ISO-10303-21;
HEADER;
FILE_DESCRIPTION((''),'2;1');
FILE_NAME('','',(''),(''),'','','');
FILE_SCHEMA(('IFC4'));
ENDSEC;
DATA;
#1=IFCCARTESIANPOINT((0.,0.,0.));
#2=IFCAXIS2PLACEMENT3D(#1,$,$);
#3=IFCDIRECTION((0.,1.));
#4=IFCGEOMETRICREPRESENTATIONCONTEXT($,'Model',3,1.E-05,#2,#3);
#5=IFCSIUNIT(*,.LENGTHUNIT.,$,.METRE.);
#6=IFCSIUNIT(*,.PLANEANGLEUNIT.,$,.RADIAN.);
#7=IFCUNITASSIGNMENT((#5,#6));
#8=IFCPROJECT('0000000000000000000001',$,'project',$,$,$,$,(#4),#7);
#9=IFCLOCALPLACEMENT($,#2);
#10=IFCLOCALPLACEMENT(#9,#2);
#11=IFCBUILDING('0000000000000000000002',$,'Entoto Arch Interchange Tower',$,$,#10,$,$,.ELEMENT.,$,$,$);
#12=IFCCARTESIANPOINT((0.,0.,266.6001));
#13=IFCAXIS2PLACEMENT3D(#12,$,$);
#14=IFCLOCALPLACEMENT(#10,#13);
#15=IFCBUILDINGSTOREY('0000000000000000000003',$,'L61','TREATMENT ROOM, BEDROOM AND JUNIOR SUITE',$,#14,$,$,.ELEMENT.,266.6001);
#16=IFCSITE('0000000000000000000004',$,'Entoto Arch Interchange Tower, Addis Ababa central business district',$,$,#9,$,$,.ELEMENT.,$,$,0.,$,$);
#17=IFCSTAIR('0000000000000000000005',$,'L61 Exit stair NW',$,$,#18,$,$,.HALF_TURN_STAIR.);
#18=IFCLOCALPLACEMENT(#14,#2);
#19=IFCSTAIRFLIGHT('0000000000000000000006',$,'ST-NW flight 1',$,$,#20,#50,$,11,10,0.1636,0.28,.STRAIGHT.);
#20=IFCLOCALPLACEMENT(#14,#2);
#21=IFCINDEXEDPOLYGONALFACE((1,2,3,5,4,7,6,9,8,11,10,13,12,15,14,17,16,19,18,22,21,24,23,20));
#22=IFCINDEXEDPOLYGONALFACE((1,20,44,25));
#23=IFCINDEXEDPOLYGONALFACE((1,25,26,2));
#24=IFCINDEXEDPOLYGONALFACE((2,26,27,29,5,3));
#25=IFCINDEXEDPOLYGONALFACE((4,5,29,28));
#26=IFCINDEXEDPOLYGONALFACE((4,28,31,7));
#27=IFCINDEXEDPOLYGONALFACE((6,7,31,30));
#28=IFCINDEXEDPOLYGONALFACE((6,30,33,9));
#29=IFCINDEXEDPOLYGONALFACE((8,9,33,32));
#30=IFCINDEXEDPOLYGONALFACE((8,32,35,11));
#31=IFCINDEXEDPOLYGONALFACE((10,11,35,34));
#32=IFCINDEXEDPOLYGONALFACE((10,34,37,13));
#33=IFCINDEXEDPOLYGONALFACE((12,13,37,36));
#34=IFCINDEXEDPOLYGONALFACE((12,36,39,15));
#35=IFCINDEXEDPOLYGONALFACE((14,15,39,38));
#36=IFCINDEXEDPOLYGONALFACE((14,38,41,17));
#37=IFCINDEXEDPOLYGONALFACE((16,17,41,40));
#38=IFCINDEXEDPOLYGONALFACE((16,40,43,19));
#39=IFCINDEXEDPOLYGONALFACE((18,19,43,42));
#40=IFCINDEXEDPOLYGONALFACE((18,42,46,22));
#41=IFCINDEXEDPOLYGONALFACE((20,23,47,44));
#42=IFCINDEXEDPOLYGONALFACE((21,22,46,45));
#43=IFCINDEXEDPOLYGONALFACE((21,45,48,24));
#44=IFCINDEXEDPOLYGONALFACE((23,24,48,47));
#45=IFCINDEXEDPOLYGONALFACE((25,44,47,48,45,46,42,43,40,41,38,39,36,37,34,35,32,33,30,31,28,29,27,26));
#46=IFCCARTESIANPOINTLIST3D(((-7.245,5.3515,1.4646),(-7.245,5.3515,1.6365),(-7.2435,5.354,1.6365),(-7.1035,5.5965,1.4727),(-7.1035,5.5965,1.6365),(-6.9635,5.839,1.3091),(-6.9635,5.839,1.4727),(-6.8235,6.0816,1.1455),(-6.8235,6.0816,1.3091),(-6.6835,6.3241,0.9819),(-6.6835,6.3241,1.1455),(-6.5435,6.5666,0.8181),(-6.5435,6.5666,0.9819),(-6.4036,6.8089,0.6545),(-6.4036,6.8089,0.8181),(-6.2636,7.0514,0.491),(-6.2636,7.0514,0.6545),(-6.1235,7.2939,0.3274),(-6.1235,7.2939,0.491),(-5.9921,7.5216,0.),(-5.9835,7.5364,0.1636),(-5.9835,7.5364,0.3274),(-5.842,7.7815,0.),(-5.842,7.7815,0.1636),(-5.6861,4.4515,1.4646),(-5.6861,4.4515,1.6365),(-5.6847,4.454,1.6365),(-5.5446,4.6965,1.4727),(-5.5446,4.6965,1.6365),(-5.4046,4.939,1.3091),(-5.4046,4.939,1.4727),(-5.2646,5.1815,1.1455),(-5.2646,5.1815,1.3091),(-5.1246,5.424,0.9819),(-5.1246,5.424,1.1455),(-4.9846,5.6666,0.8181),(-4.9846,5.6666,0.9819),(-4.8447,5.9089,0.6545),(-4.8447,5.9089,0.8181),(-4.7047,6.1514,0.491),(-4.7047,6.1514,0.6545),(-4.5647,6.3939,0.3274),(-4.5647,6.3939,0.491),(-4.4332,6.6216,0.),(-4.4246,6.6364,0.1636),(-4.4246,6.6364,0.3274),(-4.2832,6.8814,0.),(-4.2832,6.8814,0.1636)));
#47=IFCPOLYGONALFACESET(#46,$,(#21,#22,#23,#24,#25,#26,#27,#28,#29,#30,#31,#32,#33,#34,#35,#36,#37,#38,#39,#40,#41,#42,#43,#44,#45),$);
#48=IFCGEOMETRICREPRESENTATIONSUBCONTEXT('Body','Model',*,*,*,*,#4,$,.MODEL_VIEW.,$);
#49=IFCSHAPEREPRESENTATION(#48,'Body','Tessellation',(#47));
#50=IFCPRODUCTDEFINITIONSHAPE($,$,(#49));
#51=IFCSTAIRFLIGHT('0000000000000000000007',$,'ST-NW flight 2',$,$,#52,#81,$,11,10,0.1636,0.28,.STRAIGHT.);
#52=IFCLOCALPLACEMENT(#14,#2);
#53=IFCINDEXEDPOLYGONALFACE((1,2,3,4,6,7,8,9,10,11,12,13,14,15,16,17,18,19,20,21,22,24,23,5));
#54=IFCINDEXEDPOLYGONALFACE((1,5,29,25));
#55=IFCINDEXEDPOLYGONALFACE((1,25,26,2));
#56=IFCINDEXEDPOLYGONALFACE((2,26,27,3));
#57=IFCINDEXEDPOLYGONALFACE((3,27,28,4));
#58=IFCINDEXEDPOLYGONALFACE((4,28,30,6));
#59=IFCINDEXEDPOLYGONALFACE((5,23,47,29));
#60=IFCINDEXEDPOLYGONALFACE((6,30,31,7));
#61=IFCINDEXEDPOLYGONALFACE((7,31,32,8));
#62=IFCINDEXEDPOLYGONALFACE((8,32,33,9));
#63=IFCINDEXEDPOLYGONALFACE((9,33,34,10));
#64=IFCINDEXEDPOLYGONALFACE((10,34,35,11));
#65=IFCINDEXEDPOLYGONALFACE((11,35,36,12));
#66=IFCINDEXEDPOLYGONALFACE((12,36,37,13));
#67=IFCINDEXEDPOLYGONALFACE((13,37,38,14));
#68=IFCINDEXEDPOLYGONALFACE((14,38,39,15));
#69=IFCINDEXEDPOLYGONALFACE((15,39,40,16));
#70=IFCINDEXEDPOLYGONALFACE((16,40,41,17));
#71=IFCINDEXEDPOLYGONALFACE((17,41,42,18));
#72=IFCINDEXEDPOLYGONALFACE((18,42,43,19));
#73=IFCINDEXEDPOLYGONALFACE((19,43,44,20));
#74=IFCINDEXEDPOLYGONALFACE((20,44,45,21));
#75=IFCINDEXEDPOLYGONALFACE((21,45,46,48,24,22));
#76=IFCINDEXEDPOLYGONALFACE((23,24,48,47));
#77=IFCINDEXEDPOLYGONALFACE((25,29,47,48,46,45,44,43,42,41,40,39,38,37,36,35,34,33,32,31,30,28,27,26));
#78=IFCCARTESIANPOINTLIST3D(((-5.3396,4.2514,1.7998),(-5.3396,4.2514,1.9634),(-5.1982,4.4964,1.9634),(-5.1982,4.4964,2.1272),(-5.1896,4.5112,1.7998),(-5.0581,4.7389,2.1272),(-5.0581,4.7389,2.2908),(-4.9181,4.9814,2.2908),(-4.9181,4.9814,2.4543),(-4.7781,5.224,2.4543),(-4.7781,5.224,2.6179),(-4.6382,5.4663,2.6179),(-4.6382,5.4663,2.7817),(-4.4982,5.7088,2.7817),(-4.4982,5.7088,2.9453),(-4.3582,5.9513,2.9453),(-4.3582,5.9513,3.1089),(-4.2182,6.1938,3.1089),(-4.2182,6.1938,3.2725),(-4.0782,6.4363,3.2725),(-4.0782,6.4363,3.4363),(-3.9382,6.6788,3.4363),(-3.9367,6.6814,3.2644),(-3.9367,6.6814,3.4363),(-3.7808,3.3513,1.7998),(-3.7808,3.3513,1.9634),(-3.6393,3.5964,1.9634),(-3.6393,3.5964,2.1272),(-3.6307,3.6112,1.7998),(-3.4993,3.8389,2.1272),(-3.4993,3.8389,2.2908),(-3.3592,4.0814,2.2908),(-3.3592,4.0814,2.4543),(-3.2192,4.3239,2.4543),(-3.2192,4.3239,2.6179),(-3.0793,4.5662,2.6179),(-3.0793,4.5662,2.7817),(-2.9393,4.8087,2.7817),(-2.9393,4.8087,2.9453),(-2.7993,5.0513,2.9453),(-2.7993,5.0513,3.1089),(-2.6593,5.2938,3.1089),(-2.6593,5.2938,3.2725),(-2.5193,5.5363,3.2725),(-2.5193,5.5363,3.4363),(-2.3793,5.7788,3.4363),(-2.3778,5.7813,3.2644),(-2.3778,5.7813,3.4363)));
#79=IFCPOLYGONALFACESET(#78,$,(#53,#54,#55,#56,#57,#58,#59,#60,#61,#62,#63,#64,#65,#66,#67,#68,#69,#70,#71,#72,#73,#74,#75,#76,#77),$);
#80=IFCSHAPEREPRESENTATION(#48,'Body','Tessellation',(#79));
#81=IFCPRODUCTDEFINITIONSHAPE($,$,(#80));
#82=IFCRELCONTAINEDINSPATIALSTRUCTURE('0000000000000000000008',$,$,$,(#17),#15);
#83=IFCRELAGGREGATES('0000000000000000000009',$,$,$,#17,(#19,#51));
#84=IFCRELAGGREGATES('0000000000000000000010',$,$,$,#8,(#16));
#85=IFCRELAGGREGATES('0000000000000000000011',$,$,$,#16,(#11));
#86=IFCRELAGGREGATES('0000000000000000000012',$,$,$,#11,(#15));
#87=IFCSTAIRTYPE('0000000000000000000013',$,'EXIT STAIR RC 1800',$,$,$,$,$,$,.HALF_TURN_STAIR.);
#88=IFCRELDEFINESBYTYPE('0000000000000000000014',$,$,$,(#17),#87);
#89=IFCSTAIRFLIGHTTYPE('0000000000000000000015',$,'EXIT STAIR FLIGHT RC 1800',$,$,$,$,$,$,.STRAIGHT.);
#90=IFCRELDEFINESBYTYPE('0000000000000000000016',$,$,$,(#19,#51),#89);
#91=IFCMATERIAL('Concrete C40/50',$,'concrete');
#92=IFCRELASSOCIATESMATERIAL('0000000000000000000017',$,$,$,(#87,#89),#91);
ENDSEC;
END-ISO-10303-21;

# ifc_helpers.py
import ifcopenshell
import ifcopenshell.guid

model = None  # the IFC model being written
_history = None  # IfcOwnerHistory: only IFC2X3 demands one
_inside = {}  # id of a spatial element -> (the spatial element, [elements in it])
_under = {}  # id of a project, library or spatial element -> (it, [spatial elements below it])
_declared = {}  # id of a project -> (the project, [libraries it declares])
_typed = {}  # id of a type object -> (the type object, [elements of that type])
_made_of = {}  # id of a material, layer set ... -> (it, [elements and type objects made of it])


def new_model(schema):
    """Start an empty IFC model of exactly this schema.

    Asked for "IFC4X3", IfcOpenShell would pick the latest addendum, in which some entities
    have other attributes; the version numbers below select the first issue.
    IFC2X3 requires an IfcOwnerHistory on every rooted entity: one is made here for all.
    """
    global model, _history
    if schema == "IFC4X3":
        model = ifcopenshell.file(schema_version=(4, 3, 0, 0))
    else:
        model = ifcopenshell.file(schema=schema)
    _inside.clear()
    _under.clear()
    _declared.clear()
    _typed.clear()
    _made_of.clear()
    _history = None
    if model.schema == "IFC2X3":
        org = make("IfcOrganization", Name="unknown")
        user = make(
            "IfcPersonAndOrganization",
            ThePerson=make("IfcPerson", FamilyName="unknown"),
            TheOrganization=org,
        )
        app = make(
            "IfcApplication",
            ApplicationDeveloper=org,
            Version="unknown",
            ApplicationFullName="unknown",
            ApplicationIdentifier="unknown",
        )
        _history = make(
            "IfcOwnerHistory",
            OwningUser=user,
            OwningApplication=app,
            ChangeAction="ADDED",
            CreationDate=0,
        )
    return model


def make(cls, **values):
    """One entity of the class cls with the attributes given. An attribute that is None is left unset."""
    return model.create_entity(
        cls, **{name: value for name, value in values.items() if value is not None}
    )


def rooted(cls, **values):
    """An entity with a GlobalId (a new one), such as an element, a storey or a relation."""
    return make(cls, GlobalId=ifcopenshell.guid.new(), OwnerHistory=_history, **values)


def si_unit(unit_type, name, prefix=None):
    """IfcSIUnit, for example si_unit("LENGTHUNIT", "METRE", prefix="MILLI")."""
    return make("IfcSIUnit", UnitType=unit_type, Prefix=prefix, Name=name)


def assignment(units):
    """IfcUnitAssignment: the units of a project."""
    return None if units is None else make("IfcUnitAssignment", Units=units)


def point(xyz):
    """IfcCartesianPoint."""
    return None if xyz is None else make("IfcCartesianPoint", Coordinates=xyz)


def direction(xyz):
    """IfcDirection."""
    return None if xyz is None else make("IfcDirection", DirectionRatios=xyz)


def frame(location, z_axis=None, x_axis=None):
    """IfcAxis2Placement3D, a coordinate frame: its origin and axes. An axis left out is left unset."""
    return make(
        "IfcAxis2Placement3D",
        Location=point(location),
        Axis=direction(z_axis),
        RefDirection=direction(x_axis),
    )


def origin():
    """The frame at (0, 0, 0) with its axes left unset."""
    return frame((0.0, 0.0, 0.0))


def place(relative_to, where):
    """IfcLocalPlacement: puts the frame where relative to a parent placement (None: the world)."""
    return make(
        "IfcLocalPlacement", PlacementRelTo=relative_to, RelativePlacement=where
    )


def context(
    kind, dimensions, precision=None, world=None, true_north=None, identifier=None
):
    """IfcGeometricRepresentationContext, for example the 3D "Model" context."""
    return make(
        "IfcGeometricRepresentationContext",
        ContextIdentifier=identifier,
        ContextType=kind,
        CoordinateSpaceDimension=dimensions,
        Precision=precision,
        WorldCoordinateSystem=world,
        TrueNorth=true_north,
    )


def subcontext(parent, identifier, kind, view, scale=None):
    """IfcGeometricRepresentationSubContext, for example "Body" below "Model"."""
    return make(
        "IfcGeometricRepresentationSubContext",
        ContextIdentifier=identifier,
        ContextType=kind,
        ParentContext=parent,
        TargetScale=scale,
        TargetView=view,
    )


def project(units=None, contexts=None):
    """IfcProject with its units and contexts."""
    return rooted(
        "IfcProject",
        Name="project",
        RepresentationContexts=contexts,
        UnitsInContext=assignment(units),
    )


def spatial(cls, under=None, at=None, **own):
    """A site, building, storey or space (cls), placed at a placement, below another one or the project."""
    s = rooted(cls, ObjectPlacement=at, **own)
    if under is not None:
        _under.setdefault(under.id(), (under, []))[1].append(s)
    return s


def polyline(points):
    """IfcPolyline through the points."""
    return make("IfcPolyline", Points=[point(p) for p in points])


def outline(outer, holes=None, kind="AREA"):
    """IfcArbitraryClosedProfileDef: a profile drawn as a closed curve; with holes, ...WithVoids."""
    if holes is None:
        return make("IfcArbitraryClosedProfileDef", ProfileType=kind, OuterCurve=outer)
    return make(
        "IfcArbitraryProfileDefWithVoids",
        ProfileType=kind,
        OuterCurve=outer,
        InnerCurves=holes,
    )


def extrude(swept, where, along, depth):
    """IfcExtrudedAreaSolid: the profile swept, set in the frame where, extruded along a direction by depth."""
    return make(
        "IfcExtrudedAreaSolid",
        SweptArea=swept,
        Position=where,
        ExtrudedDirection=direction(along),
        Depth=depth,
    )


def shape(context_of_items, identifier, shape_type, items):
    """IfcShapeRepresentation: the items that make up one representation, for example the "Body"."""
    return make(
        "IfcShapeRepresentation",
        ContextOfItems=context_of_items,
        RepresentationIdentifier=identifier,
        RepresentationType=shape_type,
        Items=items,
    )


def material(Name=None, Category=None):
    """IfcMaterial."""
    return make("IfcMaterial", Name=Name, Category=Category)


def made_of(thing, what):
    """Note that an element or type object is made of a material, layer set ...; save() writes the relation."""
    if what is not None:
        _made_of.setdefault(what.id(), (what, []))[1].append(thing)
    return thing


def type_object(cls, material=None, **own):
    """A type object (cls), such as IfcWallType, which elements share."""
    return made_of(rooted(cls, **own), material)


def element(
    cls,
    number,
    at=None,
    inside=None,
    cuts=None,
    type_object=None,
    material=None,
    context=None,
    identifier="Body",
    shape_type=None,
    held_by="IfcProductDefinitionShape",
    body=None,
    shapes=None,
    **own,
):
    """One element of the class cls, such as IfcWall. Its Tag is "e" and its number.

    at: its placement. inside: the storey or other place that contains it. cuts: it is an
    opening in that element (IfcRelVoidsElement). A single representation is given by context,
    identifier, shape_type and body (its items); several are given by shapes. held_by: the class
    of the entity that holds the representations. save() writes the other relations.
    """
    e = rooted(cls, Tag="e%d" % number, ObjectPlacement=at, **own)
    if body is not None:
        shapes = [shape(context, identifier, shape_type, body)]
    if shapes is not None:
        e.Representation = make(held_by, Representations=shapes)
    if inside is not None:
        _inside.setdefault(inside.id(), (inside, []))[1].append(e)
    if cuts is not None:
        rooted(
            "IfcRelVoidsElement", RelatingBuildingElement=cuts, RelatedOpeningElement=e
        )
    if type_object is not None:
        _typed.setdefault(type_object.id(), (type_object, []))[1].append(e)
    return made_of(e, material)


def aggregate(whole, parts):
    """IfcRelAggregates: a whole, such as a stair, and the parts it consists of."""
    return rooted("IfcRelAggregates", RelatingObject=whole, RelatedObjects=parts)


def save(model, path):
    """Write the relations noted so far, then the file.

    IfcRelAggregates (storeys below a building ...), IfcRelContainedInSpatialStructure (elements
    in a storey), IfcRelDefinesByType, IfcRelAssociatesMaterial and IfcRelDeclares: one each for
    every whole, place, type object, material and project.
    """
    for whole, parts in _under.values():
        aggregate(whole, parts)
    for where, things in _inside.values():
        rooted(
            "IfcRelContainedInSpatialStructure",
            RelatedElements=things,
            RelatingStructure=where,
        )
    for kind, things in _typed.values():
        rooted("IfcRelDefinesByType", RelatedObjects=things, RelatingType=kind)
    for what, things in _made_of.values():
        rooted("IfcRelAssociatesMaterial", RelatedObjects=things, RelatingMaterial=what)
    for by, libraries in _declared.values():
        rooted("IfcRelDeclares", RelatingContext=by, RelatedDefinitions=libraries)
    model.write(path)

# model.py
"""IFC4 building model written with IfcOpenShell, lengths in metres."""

from ifc_helpers import new_model, si_unit, direction, frame, origin, place, context, subcontext, project, spatial, polyline, outline, extrude, material, type_object, element, aggregate, save


model = new_model("IFC4")

# Units and contexts
model_context = context("Model", 3, precision=1e-05, world=origin(), true_north=direction((0.0, 1.0)))
body_context = subcontext(model_context, "Body", "Model", "MODEL_VIEW")
ifc_project = project(units=[si_unit("LENGTHUNIT", "METRE"), si_unit("PLANEANGLEUNIT", "RADIAN")], contexts=[model_context])

# Site, building, storey
site_placement = place(None, origin())
site = spatial("IfcSite", under=ifc_project, at=site_placement, Name="Entoto Arch Interchange Tower, Addis Ababa central business district", CompositionType="ELEMENT", RefElevation=0.0)
building_placement = place(site_placement, origin())
building = spatial("IfcBuilding", under=site, at=building_placement, Name="Entoto Arch Interchange Tower", CompositionType="ELEMENT")
storey_placement = place(building_placement, frame((0.0, 0.0, 266.6001)))
storey = spatial("IfcBuildingStorey", under=building, at=storey_placement, Name="L61", Description="TREATMENT ROOM, BEDROOM AND JUNIOR SUITE", CompositionType="ELEMENT", Elevation=266.6001)

# Shared definitions
ifc_material_1 = material(Name="Concrete C40/50", Category="concrete")

# Stair, stair flights
stair_type = type_object("IfcStairType", Name="EXIT STAIR RC 1800", PredefinedType="HALF_TURN_STAIR", material=ifc_material_1)
stair_placement = place(storey_placement, origin())
stair = element("IfcStair", 1, at=stair_placement, inside=storey, type_object=stair_type, Name="L61 Exit stair NW", PredefinedType="HALF_TURN_STAIR")
stair_flight_type = type_object("IfcStairFlightType", Name="EXIT STAIR FLIGHT RC 1800", PredefinedType="STRAIGHT", material=ifc_material_1)
stair_flight_1_placement = place(storey_placement, frame((-5.064, 7.3289, 0.0), z_axis=(0.0, 0.0, 1.0), x_axis=(-0.5, -0.866025, 0.0)))
stair_flight_1 = element("IfcStairFlight", 2, at=stair_flight_1_placement, type_object=stair_flight_type, Name="ST-NW flight 1", NumberOfRisers=11, NumberOfTreads=10, PredefinedType="STRAIGHT", RiserHeight=0.1636, TreadLength=0.28, context=body_context, shape_type="SweptSolid", body=[
    extrude(outline(polyline([(-0.0029, 0.0), (-0.0029, 0.1636), (0.28, 0.1636), (0.28, 0.3274), (0.5601, 0.3274), (0.5601, 0.491), (0.8401, 0.491), (0.8401, 0.6545), (1.1201, 0.6545), (1.1201, 0.8181), (1.3999, 0.8181), (1.3999, 0.9819), (1.6799, 0.9819), (1.6799, 1.1455), (1.96, 1.1455), (1.96, 1.3091), (2.24, 1.3091), (2.24, 1.4727), (2.52, 1.4727), (2.52, 1.6365), (2.8, 1.6365), (2.803, 1.6365), (2.803, 1.4646), (0.2971, 0.0), (-0.0029, 0.0)])), frame((0.0, 0.8999, 0.0), z_axis=(0.0, -1.0, 0.0), x_axis=(1.0, 0.0, 0.0)), (0.0, 0.0, 1.0), 1.8),
])
stair_flight_2_placement = place(storey_placement, frame((-4.5588, 3.804, 1.7998), z_axis=(0.0, 0.0, 1.0), x_axis=(0.5, 0.866025, 0.0)))
stair_flight_2 = element("IfcStairFlight", 3, at=stair_flight_2_placement, type_object=stair_flight_type, Name="ST-NW flight 2", NumberOfRisers=11, NumberOfTreads=10, PredefinedType="STRAIGHT", RiserHeight=0.1636, TreadLength=0.28, context=body_context, shape_type="SweptSolid", body=[
    extrude(outline(polyline([(-0.0029, 0.0), (-0.0029, 0.1636), (0.28, 0.1636), (0.28, 0.3274), (0.5601, 0.3274), (0.5601, 0.491), (0.8401, 0.491), (0.8401, 0.6545), (1.1201, 0.6545), (1.1201, 0.8181), (1.3999, 0.8181), (1.3999, 0.9819), (1.6799, 0.9819), (1.6799, 1.1455), (1.96, 1.1455), (1.96, 1.3091), (2.24, 1.3091), (2.24, 1.4727), (2.52, 1.4727), (2.52, 1.6365), (2.8, 1.6365), (2.803, 1.6365), (2.803, 1.4646), (0.2971, 0.0), (-0.0029, 0.0)])), frame((0.0, 0.8999, 0.0), z_axis=(0.0, -1.0, 0.0), x_axis=(1.0, 0.0, 0.0)), (0.0, 0.0, 1.0), 1.8),
])
aggregate(stair, [stair_flight_1, stair_flight_2])

save(model, "model.ifc")
